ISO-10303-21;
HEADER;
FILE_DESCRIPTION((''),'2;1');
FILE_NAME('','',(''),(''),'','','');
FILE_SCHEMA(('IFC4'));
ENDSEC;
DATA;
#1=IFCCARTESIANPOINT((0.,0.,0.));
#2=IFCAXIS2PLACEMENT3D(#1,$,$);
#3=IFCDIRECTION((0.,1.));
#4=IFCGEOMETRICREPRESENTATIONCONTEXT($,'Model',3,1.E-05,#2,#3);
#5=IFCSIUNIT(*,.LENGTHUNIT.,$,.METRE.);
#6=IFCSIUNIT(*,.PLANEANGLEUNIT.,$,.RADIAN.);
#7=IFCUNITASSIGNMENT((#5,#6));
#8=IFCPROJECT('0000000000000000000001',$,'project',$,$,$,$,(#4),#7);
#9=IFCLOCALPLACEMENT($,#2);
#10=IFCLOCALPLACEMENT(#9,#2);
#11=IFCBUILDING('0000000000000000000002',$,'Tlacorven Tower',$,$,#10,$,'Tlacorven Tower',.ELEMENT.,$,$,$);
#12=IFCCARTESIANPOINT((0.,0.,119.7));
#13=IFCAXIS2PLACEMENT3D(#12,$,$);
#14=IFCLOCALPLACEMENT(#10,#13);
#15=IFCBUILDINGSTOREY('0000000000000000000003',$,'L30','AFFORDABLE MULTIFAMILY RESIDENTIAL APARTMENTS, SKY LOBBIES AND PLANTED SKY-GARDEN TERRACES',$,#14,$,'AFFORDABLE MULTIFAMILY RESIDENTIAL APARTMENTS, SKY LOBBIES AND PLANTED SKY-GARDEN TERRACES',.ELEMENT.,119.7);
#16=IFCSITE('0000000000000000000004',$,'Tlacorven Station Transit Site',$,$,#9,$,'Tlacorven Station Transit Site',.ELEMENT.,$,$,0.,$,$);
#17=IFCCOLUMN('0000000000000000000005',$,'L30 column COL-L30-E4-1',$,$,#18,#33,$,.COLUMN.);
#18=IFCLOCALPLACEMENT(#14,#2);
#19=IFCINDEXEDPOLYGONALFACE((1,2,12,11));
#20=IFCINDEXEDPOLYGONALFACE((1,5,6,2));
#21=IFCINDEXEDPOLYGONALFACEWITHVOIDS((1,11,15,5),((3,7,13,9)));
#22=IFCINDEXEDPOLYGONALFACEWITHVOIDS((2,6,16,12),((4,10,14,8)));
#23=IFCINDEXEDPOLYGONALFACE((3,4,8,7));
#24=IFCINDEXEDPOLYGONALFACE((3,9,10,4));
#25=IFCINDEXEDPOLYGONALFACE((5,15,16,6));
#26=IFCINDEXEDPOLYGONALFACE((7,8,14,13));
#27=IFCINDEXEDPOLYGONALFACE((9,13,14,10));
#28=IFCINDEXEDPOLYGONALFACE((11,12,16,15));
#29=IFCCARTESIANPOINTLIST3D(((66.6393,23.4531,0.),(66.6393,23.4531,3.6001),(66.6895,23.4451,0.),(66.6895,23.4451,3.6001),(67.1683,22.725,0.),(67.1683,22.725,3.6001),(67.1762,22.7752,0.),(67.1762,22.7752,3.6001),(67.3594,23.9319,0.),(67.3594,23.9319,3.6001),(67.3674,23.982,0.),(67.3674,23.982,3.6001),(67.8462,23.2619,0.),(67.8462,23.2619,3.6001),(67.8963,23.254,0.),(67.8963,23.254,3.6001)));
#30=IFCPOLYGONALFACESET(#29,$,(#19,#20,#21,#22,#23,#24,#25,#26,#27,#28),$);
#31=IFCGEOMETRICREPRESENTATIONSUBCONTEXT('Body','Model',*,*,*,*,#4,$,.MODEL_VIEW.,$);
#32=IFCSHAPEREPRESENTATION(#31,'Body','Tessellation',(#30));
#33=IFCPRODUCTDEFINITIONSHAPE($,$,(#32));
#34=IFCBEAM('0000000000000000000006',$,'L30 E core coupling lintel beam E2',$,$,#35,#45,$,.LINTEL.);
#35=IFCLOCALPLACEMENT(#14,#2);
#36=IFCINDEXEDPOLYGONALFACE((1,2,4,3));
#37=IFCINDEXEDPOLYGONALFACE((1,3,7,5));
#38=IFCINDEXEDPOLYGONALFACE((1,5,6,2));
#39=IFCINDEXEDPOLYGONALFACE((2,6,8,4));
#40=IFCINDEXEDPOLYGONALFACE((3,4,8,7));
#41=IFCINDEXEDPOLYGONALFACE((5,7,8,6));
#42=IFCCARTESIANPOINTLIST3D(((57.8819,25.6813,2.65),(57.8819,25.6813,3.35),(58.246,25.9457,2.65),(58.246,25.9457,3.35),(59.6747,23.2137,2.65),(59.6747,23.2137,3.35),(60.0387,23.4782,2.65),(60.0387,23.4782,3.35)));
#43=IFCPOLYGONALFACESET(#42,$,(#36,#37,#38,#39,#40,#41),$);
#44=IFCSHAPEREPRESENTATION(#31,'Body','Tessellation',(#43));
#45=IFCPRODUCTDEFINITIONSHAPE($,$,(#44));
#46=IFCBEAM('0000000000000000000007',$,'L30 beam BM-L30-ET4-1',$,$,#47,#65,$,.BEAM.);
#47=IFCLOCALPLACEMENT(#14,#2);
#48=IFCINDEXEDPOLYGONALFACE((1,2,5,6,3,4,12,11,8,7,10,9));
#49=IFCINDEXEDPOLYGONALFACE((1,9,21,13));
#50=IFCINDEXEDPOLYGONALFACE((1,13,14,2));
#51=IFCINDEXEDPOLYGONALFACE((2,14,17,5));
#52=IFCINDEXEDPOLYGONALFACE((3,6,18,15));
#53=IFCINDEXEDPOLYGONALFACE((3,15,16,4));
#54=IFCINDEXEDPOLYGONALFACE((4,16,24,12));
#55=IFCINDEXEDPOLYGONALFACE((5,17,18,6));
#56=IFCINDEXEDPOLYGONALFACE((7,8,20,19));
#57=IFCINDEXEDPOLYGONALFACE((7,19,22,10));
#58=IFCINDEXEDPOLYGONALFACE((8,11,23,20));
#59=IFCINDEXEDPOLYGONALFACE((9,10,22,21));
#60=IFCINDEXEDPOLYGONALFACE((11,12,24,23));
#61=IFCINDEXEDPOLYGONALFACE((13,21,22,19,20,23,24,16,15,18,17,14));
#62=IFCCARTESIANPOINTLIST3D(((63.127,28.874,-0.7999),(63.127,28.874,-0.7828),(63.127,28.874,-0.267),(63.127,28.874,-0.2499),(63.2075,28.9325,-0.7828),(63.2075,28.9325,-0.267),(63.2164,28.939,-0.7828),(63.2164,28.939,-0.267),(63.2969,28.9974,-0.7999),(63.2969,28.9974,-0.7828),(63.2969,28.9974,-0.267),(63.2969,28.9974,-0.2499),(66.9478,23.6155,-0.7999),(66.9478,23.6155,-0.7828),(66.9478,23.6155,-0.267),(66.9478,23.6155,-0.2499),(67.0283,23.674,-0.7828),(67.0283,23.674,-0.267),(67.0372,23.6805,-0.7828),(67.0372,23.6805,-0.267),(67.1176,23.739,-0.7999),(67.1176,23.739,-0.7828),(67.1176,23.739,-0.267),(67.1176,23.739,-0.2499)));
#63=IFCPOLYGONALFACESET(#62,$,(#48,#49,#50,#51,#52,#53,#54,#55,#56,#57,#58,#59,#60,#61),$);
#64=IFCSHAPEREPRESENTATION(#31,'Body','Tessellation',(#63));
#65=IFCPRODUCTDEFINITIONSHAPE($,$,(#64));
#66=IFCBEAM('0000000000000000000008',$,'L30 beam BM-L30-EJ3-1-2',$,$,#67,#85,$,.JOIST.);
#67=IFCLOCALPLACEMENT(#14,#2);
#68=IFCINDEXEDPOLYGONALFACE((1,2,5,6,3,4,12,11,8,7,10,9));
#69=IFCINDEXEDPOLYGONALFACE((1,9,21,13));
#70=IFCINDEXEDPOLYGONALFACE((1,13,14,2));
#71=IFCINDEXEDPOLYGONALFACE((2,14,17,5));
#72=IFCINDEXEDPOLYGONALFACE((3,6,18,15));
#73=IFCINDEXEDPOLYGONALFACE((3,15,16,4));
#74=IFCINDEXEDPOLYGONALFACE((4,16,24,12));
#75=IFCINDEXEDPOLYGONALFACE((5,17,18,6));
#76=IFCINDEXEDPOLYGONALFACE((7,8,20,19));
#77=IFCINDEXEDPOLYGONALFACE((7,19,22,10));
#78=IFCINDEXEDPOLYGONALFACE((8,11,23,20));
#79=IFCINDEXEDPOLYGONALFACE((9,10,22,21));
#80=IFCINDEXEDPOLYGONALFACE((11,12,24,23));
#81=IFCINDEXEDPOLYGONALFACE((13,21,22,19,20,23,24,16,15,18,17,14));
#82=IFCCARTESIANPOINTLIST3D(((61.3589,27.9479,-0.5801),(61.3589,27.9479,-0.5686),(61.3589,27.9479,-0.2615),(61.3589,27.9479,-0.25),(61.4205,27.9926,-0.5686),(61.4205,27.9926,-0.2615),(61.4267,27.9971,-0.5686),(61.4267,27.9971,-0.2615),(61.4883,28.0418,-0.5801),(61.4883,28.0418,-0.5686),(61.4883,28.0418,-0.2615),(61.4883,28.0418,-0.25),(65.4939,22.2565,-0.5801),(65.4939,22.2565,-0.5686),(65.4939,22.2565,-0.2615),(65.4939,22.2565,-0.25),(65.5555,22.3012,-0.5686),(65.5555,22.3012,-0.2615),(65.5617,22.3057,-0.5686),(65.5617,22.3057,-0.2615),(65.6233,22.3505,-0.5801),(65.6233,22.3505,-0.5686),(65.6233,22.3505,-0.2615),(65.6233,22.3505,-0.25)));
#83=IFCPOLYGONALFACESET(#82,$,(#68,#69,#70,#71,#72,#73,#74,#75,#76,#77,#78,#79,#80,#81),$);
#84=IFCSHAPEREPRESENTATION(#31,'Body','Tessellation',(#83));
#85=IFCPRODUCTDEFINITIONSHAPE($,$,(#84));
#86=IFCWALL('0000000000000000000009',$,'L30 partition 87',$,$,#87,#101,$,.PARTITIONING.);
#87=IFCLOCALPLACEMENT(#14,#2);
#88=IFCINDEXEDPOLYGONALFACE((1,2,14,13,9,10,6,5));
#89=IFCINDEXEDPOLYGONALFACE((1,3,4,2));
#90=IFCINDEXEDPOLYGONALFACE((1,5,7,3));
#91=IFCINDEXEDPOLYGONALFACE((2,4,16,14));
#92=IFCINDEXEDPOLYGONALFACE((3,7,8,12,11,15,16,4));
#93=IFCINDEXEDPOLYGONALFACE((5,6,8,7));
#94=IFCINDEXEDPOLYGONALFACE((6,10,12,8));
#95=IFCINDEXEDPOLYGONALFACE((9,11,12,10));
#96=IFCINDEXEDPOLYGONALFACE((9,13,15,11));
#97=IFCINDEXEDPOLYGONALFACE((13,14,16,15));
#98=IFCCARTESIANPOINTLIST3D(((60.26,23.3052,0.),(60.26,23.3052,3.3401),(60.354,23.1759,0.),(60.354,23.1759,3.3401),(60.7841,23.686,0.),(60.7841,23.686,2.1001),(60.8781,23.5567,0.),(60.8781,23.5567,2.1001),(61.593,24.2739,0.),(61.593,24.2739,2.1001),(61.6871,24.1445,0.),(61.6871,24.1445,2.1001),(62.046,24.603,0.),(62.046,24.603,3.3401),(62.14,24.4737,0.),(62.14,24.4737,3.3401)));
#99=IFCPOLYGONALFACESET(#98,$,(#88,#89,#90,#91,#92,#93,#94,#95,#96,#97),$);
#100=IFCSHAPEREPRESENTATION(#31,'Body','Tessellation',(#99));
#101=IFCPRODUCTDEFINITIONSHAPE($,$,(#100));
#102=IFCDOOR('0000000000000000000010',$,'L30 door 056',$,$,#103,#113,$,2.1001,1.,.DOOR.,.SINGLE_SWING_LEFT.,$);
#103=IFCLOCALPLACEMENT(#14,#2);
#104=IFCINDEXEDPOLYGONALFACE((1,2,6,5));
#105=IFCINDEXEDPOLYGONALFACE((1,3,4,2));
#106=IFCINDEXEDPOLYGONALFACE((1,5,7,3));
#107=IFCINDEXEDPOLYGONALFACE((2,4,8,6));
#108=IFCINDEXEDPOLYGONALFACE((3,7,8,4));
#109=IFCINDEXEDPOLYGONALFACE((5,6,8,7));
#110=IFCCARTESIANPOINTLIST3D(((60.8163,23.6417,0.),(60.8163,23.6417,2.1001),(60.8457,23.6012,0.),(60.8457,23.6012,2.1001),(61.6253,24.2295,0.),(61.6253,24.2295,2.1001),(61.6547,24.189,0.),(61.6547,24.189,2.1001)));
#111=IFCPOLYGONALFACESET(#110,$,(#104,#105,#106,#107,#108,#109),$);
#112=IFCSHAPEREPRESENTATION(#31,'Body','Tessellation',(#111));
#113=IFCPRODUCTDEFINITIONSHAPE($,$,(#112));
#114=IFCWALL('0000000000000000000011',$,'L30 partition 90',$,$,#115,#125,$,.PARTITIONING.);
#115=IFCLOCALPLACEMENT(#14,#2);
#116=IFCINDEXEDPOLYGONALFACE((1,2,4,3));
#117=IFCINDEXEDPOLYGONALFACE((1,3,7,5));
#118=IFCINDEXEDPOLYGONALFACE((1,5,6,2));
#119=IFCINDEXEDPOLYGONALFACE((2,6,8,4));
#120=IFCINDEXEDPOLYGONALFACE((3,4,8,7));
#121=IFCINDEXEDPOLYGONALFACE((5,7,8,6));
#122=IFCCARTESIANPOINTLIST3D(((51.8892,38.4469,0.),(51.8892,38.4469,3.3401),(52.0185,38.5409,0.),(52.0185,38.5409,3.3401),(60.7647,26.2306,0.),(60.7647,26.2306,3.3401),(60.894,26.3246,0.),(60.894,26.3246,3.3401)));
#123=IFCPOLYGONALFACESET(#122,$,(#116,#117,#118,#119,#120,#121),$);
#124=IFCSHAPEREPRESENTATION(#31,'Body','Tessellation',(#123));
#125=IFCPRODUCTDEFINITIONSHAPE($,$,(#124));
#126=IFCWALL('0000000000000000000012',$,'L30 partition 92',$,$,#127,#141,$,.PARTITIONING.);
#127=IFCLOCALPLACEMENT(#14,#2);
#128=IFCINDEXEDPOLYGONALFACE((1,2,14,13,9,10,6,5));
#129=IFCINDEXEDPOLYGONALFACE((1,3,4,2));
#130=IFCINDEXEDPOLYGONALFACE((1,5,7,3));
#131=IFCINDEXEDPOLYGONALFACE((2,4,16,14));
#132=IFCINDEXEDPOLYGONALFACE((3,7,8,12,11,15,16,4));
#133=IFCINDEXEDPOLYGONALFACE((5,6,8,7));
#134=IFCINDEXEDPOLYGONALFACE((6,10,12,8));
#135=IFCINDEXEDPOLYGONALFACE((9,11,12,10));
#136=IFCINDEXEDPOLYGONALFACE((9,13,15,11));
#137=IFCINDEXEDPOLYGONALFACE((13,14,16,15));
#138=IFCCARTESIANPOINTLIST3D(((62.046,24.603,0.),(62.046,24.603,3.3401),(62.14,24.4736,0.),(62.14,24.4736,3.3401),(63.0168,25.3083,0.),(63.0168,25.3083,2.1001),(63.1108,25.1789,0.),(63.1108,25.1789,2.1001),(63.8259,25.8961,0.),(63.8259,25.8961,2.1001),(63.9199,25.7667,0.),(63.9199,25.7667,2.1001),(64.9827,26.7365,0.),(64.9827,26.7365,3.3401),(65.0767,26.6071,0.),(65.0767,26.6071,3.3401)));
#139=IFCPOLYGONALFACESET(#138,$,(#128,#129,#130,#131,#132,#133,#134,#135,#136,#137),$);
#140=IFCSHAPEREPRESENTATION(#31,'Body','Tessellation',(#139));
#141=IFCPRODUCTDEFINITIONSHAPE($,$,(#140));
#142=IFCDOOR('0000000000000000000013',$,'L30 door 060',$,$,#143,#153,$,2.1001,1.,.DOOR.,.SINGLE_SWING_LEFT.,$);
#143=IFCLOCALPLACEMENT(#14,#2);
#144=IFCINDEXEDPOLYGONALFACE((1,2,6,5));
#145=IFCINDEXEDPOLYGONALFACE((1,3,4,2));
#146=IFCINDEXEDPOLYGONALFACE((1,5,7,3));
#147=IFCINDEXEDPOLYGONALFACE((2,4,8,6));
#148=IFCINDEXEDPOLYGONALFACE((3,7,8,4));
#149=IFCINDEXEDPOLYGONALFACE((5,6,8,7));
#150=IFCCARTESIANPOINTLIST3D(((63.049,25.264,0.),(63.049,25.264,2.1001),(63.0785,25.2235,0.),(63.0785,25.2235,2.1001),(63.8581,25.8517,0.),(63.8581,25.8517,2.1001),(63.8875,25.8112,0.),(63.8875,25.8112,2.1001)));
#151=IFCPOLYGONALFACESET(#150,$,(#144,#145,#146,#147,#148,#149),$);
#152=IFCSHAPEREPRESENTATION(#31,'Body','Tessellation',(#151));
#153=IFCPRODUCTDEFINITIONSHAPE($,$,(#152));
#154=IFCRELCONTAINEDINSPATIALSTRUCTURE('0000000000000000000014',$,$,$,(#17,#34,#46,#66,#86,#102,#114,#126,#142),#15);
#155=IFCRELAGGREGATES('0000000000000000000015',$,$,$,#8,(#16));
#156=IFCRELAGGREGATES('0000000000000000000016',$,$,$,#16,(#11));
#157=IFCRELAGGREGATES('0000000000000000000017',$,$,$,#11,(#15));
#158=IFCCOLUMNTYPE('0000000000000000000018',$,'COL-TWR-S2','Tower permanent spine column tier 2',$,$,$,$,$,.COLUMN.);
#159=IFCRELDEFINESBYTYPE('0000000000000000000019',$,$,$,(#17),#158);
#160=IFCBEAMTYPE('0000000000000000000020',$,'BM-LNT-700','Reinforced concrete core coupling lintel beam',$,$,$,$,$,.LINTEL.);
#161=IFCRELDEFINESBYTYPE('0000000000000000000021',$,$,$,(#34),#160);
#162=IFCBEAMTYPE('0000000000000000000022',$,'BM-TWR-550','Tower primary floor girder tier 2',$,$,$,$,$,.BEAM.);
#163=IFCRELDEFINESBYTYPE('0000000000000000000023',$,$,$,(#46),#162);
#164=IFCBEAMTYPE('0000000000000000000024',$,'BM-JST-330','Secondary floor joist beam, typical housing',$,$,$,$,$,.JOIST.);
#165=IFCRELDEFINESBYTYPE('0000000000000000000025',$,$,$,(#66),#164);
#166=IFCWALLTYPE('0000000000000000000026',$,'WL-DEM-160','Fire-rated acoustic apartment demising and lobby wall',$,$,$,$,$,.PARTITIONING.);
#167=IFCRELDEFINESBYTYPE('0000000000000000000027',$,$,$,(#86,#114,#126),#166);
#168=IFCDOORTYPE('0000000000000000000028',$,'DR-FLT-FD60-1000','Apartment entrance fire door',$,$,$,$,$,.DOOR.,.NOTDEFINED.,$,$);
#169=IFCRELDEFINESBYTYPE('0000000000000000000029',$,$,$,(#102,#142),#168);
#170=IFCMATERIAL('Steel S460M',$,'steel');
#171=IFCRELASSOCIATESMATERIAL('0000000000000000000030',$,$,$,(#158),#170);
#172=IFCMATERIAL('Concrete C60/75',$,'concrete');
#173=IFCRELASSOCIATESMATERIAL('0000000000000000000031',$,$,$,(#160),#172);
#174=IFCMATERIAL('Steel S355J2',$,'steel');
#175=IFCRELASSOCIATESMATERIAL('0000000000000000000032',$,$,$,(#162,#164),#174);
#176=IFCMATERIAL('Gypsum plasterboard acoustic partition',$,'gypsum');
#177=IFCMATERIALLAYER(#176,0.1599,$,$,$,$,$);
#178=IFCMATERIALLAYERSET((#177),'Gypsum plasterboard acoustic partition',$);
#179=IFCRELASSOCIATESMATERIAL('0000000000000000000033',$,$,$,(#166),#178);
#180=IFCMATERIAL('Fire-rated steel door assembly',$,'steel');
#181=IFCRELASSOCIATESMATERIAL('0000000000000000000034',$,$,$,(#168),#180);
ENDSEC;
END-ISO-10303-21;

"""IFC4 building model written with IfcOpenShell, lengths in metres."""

from ifc_helpers import new_model, si_unit, direction, frame, frame_2d, origin, origin_2d, place, context, subcontext, project, spatial, rectangle, hollow_rectangle, i_section, extrude, source, transform, mapped, material, layer, layer_set, material_profile, profile_set, type_object, element, fill, save


model = new_model("IFC4")

# Units and contexts
model_context = context("Model", 3, precision=1e-05, world=origin(), true_north=direction((0.0, 1.0)))
body_context = subcontext(model_context, "Body", "Model", "MODEL_VIEW")
ifc_project = project(units=[si_unit("LENGTHUNIT", "METRE"), si_unit("PLANEANGLEUNIT", "RADIAN")], contexts=[model_context])

# Site, building, storey
site_placement = place(None, origin())
site = spatial("IfcSite", under=ifc_project, at=site_placement, Name="Tlacorven Station Transit Site", LongName="Tlacorven Station Transit Site", CompositionType="ELEMENT", RefElevation=0.0)
building_placement = place(site_placement, origin())
building = spatial("IfcBuilding", under=site, at=building_placement, Name="Tlacorven Tower", LongName="Tlacorven Tower", CompositionType="ELEMENT")
storey_placement = place(building_placement, frame((0.0, 0.0, 119.7)))
storey = spatial("IfcBuildingStorey", under=building, at=storey_placement, Name="L30", Description="AFFORDABLE MULTIFAMILY RESIDENTIAL APARTMENTS, SKY LOBBIES AND PLANTED SKY-GARDEN TERRACES", LongName="AFFORDABLE MULTIFAMILY RESIDENTIAL APARTMENTS, SKY LOBBIES AND PLANTED SKY-GARDEN TERRACES", CompositionType="ELEMENT", Elevation=119.7)

# Column
ifc_material_1 = material(Name="Steel S460M", Category="steel")
ifc_material_profile_1 = material_profile(ifc_material_1, hollow_rectangle(XDim=0.8999, YDim=0.8999, WallThickness=0.0359, at=origin_2d()), Name="BOX 900X900X36")
ifc_profile_set_1 = profile_set([ifc_material_profile_1], Name="Steel S460M")
column_type = type_object("IfcColumnType", Name="COL-TWR-S2", Description="Tower permanent spine column tier 2", PredefinedType="COLUMN", material=ifc_profile_set_1)
shared_shape_1 = source(origin(), body_context, "Body", "SweptSolid", [
    extrude(hollow_rectangle(XDim=0.8999, YDim=0.8999, WallThickness=0.0359, at=origin_2d()), origin(), (0.0, 0.0, 1.0), 3.6001),
])
column_placement = place(storey_placement, frame((67.2678, 23.3535, 0.0), z_axis=(0.0, 0.0, 1.0), x_axis=(0.809017, 0.587785, 0.0)))
element("IfcColumn", 1, at=column_placement, inside=storey, type_object=column_type, Name="L30 column COL-L30-E4-1", PredefinedType="COLUMN", context=body_context, shape_type="MappedRepresentation", body=[
    mapped(shared_shape_1, transform((0.0, 0.0, 0.0), scale=1.0)),
])

# Beams
ifc_material_2 = material(Name="Concrete C60/75", Category="concrete")
ifc_material_profile_2 = material_profile(ifc_material_2, rectangle(XDim=0.45, YDim=0.7, at=origin_2d()), Name="RC 450X700")
ifc_profile_set_2 = profile_set([ifc_material_profile_2], Name="Concrete C60/75")
beam_type_1 = type_object("IfcBeamType", Name="BM-LNT-700", Description="Reinforced concrete core coupling lintel beam", PredefinedType="LINTEL", material=ifc_profile_set_2)
shared_shape_2 = source(origin(), body_context, "Body", "SweptSolid", [
    extrude(rectangle(XDim=0.45, YDim=0.7, at=origin_2d()), origin(), (0.0, 0.0, 1.0), 3.05),
])
beam_1_placement = place(storey_placement, frame((59.8567, 23.3459, 3.0), z_axis=(-0.587777, 0.809023, 0.0), x_axis=(-0.809023, -0.587777, 0.0)))
element("IfcBeam", 2, at=beam_1_placement, inside=storey, type_object=beam_type_1, Name="L30 E core coupling lintel beam E2", PredefinedType="LINTEL", context=body_context, shape_type="MappedRepresentation", body=[
    mapped(shared_shape_2, transform((0.0, 0.0, 0.0), scale=1.0)),
])
ifc_material_3 = material(Name="Steel S355J2", Category="steel")
ifc_material_profile_3 = material_profile(ifc_material_3, i_section(OverallWidth=0.21, OverallDepth=0.55, WebThickness=0.011, FlangeThickness=0.0171, at=origin_2d()), Name="IPE 550")
ifc_profile_set_3 = profile_set([ifc_material_profile_3], Name="Steel S355J2")
beam_type_2 = type_object("IfcBeamType", Name="BM-TWR-550", Description="Tower primary floor girder tier 2", PredefinedType="BEAM", material=ifc_profile_set_3)
shared_shape_3 = source(origin(), body_context, "Body", "SweptSolid", [
    extrude(i_section(OverallWidth=0.21, OverallDepth=0.55, WebThickness=0.011, FlangeThickness=0.0171, at=origin_2d()), origin(), (0.0, 0.0, 1.0), 6.5),
])
beam_2_placement = place(storey_placement, frame((67.0327, 23.6772, -0.5249), z_axis=(-0.58781, 0.808999, 0.0), x_axis=(-0.808999, -0.58781, 0.0)))
element("IfcBeam", 3, at=beam_2_placement, inside=storey, type_object=beam_type_2, Name="L30 beam BM-L30-ET4-1", PredefinedType="BEAM", context=body_context, shape_type="MappedRepresentation", body=[
    mapped(shared_shape_3, transform((0.0, 0.0, 0.0), scale=1.0)),
])
ifc_material_profile_4 = material_profile(ifc_material_3, i_section(OverallWidth=0.1599, OverallDepth=0.3301, WebThickness=0.0076, FlangeThickness=0.0115, at=origin_2d()), Name="IPE 330")
ifc_profile_set_4 = profile_set([ifc_material_profile_4], Name="Steel S355J2")
beam_type_3 = type_object("IfcBeamType", Name="BM-JST-330", Description="Secondary floor joist beam, typical housing", PredefinedType="JOIST", material=ifc_profile_set_4)
shared_shape_4 = source(origin(), body_context, "Body", "SweptSolid", [
    extrude(i_section(OverallWidth=0.1599, OverallDepth=0.3301, WebThickness=0.0076, FlangeThickness=0.0115, at=origin_2d()), origin(), (0.0, 0.0, 1.0), 7.0349),
])
beam_3_placement = place(storey_placement, frame((65.5586, 22.3035, -0.415), z_axis=(-0.587782, 0.80902, 0.0), x_axis=(-0.80902, -0.587782, 0.0)))
element("IfcBeam", 4, at=beam_3_placement, inside=storey, type_object=beam_type_3, Name="L30 beam BM-L30-EJ3-1-2", PredefinedType="JOIST", context=body_context, shape_type="MappedRepresentation", body=[
    mapped(shared_shape_4, transform((0.0, 0.0, 0.0), scale=1.0)),
])

# Wall, opening, door
ifc_material_4 = material(Name="Gypsum plasterboard acoustic partition", Category="gypsum")
ifc_layer_1 = layer(ifc_material_4, 0.1599)
ifc_layer_set_1 = layer_set([ifc_layer_1], Name="Gypsum plasterboard acoustic partition")
wall_type_1 = type_object("IfcWallType", Name="WL-DEM-160", Description="Fire-rated acoustic apartment demising and lobby wall", PredefinedType="PARTITIONING", material=ifc_layer_set_1)
wall_1_placement = place(storey_placement, frame((60.3069, 23.2405, 0.0), z_axis=(0.0, 0.0, 1.0), x_axis=(0.808985, 0.58783, 0.0)))
wall_1 = element("IfcWall", 5, at=wall_1_placement, inside=storey, type_object=wall_type_1, Name="L30 partition 87", PredefinedType="PARTITIONING", context=body_context, shape_type="SweptSolid", body=[
    extrude(rectangle(XDim=2.2078, YDim=0.1599, at=frame_2d((1.104, 0.0))), origin(), (0.0, 0.0, 1.0), 3.3401),
])
opening_1_placement = place(wall_1_placement, frame((0.6479, 0.0, 0.0)))
opening_1 = element("IfcOpeningElement", 6, at=opening_1_placement, cuts=wall_1, PredefinedType="OPENING", context=body_context, shape_type="SweptSolid", body=[
    extrude(rectangle(XDim=1.0, YDim=2.1001, at=frame_2d((0.5, 1.05))), frame((0.0, 0.0898, 0.0), z_axis=(0.0, -1.0, 0.0), x_axis=(1.0, 0.0, 0.0)), (0.0, 0.0, 1.0), 0.1799),
])
ifc_material_5 = material(Name="Fire-rated steel door assembly", Category="steel")
door_type_1 = type_object("IfcDoorType", Name="DR-FLT-FD60-1000", Description="Apartment entrance fire door", OperationType="NOTDEFINED", PredefinedType="DOOR", material=ifc_material_5)
shared_shape_5 = source(origin(), body_context, "Body", "SweptSolid", [
    extrude(rectangle(XDim=1.0, YDim=2.1001, at=frame_2d((0.5, 1.05))), frame((0.0, 0.0249, 0.0), z_axis=(0.0, -1.0, 0.0), x_axis=(1.0, 0.0, 0.0)), (0.0, 0.0, 1.0), 0.05),
])
door_1_placement = place(opening_1_placement, frame((1.0, 0.0, 0.0), z_axis=(0.0, 0.0, 1.0), x_axis=(-1.0, 0.0, 0.0)))
door_1 = element("IfcDoor", 7, at=door_1_placement, inside=storey, type_object=door_type_1, Name="L30 door 056", OperationType="SINGLE_SWING_LEFT", OverallHeight=2.1001, OverallWidth=1.0, PredefinedType="DOOR", context=body_context, shape_type="MappedRepresentation", body=[
    mapped(shared_shape_5, transform((0.0, 0.0, 0.0), scale=1.0)),
])
fill(opening_1, door_1)

# Wall
wall_2_placement = place(storey_placement, frame((60.8293, 26.2776, 0.0), z_axis=(0.0, 0.0, 1.0), x_axis=(-0.587777, 0.809023, 0.0)))
element("IfcWall", 8, at=wall_2_placement, inside=storey, type_object=wall_type_1, Name="L30 partition 90", PredefinedType="PARTITIONING", context=body_context, shape_type="SweptSolid", body=[
    extrude(rectangle(XDim=15.1001, YDim=0.1599, at=frame_2d((7.55, 0.0))), origin(), (0.0, 0.0, 1.0), 3.3401),
])

# Wall, opening, door
wall_3_placement = place(storey_placement, frame((62.093, 24.5383, 0.0), z_axis=(0.0, 0.0, 1.0), x_axis=(0.809036, 0.58776, 0.0)))
wall_3 = element("IfcWall", 9, at=wall_3_placement, inside=storey, type_object=wall_type_1, Name="L30 partition 92", PredefinedType="PARTITIONING", context=body_context, shape_type="SweptSolid", body=[
    extrude(rectangle(XDim=3.6299, YDim=0.1599, at=frame_2d((1.8149, 0.0))), origin(), (0.0, 0.0, 1.0), 3.3401),
])
opening_2_placement = place(wall_3_placement, frame((1.2, 0.0, 0.0)))
opening_2 = element("IfcOpeningElement", 10, at=opening_2_placement, cuts=wall_3, PredefinedType="OPENING", context=body_context, shape_type="SweptSolid", body=[
    extrude(rectangle(XDim=1.0, YDim=2.1001, at=frame_2d((0.5, 1.05))), frame((0.0, 0.0898, 0.0), z_axis=(0.0, -1.0, 0.0), x_axis=(1.0, 0.0, 0.0)), (0.0, 0.0, 1.0), 0.1799),
])
door_2_placement = place(opening_2_placement, frame((1.0, 0.0, 0.0), z_axis=(0.0, 0.0, 1.0), x_axis=(-1.0, 0.0, 0.0)))
door_2 = element("IfcDoor", 11, at=door_2_placement, inside=storey, type_object=door_type_1, Name="L30 door 060", OperationType="SINGLE_SWING_LEFT", OverallHeight=2.1001, OverallWidth=1.0, PredefinedType="DOOR", context=body_context, shape_type="MappedRepresentation", body=[
    mapped(shared_shape_5, transform((0.0, 0.0, 0.0), scale=1.0)),
])
fill(opening_2, door_2)

save(model, "model.ifc")
